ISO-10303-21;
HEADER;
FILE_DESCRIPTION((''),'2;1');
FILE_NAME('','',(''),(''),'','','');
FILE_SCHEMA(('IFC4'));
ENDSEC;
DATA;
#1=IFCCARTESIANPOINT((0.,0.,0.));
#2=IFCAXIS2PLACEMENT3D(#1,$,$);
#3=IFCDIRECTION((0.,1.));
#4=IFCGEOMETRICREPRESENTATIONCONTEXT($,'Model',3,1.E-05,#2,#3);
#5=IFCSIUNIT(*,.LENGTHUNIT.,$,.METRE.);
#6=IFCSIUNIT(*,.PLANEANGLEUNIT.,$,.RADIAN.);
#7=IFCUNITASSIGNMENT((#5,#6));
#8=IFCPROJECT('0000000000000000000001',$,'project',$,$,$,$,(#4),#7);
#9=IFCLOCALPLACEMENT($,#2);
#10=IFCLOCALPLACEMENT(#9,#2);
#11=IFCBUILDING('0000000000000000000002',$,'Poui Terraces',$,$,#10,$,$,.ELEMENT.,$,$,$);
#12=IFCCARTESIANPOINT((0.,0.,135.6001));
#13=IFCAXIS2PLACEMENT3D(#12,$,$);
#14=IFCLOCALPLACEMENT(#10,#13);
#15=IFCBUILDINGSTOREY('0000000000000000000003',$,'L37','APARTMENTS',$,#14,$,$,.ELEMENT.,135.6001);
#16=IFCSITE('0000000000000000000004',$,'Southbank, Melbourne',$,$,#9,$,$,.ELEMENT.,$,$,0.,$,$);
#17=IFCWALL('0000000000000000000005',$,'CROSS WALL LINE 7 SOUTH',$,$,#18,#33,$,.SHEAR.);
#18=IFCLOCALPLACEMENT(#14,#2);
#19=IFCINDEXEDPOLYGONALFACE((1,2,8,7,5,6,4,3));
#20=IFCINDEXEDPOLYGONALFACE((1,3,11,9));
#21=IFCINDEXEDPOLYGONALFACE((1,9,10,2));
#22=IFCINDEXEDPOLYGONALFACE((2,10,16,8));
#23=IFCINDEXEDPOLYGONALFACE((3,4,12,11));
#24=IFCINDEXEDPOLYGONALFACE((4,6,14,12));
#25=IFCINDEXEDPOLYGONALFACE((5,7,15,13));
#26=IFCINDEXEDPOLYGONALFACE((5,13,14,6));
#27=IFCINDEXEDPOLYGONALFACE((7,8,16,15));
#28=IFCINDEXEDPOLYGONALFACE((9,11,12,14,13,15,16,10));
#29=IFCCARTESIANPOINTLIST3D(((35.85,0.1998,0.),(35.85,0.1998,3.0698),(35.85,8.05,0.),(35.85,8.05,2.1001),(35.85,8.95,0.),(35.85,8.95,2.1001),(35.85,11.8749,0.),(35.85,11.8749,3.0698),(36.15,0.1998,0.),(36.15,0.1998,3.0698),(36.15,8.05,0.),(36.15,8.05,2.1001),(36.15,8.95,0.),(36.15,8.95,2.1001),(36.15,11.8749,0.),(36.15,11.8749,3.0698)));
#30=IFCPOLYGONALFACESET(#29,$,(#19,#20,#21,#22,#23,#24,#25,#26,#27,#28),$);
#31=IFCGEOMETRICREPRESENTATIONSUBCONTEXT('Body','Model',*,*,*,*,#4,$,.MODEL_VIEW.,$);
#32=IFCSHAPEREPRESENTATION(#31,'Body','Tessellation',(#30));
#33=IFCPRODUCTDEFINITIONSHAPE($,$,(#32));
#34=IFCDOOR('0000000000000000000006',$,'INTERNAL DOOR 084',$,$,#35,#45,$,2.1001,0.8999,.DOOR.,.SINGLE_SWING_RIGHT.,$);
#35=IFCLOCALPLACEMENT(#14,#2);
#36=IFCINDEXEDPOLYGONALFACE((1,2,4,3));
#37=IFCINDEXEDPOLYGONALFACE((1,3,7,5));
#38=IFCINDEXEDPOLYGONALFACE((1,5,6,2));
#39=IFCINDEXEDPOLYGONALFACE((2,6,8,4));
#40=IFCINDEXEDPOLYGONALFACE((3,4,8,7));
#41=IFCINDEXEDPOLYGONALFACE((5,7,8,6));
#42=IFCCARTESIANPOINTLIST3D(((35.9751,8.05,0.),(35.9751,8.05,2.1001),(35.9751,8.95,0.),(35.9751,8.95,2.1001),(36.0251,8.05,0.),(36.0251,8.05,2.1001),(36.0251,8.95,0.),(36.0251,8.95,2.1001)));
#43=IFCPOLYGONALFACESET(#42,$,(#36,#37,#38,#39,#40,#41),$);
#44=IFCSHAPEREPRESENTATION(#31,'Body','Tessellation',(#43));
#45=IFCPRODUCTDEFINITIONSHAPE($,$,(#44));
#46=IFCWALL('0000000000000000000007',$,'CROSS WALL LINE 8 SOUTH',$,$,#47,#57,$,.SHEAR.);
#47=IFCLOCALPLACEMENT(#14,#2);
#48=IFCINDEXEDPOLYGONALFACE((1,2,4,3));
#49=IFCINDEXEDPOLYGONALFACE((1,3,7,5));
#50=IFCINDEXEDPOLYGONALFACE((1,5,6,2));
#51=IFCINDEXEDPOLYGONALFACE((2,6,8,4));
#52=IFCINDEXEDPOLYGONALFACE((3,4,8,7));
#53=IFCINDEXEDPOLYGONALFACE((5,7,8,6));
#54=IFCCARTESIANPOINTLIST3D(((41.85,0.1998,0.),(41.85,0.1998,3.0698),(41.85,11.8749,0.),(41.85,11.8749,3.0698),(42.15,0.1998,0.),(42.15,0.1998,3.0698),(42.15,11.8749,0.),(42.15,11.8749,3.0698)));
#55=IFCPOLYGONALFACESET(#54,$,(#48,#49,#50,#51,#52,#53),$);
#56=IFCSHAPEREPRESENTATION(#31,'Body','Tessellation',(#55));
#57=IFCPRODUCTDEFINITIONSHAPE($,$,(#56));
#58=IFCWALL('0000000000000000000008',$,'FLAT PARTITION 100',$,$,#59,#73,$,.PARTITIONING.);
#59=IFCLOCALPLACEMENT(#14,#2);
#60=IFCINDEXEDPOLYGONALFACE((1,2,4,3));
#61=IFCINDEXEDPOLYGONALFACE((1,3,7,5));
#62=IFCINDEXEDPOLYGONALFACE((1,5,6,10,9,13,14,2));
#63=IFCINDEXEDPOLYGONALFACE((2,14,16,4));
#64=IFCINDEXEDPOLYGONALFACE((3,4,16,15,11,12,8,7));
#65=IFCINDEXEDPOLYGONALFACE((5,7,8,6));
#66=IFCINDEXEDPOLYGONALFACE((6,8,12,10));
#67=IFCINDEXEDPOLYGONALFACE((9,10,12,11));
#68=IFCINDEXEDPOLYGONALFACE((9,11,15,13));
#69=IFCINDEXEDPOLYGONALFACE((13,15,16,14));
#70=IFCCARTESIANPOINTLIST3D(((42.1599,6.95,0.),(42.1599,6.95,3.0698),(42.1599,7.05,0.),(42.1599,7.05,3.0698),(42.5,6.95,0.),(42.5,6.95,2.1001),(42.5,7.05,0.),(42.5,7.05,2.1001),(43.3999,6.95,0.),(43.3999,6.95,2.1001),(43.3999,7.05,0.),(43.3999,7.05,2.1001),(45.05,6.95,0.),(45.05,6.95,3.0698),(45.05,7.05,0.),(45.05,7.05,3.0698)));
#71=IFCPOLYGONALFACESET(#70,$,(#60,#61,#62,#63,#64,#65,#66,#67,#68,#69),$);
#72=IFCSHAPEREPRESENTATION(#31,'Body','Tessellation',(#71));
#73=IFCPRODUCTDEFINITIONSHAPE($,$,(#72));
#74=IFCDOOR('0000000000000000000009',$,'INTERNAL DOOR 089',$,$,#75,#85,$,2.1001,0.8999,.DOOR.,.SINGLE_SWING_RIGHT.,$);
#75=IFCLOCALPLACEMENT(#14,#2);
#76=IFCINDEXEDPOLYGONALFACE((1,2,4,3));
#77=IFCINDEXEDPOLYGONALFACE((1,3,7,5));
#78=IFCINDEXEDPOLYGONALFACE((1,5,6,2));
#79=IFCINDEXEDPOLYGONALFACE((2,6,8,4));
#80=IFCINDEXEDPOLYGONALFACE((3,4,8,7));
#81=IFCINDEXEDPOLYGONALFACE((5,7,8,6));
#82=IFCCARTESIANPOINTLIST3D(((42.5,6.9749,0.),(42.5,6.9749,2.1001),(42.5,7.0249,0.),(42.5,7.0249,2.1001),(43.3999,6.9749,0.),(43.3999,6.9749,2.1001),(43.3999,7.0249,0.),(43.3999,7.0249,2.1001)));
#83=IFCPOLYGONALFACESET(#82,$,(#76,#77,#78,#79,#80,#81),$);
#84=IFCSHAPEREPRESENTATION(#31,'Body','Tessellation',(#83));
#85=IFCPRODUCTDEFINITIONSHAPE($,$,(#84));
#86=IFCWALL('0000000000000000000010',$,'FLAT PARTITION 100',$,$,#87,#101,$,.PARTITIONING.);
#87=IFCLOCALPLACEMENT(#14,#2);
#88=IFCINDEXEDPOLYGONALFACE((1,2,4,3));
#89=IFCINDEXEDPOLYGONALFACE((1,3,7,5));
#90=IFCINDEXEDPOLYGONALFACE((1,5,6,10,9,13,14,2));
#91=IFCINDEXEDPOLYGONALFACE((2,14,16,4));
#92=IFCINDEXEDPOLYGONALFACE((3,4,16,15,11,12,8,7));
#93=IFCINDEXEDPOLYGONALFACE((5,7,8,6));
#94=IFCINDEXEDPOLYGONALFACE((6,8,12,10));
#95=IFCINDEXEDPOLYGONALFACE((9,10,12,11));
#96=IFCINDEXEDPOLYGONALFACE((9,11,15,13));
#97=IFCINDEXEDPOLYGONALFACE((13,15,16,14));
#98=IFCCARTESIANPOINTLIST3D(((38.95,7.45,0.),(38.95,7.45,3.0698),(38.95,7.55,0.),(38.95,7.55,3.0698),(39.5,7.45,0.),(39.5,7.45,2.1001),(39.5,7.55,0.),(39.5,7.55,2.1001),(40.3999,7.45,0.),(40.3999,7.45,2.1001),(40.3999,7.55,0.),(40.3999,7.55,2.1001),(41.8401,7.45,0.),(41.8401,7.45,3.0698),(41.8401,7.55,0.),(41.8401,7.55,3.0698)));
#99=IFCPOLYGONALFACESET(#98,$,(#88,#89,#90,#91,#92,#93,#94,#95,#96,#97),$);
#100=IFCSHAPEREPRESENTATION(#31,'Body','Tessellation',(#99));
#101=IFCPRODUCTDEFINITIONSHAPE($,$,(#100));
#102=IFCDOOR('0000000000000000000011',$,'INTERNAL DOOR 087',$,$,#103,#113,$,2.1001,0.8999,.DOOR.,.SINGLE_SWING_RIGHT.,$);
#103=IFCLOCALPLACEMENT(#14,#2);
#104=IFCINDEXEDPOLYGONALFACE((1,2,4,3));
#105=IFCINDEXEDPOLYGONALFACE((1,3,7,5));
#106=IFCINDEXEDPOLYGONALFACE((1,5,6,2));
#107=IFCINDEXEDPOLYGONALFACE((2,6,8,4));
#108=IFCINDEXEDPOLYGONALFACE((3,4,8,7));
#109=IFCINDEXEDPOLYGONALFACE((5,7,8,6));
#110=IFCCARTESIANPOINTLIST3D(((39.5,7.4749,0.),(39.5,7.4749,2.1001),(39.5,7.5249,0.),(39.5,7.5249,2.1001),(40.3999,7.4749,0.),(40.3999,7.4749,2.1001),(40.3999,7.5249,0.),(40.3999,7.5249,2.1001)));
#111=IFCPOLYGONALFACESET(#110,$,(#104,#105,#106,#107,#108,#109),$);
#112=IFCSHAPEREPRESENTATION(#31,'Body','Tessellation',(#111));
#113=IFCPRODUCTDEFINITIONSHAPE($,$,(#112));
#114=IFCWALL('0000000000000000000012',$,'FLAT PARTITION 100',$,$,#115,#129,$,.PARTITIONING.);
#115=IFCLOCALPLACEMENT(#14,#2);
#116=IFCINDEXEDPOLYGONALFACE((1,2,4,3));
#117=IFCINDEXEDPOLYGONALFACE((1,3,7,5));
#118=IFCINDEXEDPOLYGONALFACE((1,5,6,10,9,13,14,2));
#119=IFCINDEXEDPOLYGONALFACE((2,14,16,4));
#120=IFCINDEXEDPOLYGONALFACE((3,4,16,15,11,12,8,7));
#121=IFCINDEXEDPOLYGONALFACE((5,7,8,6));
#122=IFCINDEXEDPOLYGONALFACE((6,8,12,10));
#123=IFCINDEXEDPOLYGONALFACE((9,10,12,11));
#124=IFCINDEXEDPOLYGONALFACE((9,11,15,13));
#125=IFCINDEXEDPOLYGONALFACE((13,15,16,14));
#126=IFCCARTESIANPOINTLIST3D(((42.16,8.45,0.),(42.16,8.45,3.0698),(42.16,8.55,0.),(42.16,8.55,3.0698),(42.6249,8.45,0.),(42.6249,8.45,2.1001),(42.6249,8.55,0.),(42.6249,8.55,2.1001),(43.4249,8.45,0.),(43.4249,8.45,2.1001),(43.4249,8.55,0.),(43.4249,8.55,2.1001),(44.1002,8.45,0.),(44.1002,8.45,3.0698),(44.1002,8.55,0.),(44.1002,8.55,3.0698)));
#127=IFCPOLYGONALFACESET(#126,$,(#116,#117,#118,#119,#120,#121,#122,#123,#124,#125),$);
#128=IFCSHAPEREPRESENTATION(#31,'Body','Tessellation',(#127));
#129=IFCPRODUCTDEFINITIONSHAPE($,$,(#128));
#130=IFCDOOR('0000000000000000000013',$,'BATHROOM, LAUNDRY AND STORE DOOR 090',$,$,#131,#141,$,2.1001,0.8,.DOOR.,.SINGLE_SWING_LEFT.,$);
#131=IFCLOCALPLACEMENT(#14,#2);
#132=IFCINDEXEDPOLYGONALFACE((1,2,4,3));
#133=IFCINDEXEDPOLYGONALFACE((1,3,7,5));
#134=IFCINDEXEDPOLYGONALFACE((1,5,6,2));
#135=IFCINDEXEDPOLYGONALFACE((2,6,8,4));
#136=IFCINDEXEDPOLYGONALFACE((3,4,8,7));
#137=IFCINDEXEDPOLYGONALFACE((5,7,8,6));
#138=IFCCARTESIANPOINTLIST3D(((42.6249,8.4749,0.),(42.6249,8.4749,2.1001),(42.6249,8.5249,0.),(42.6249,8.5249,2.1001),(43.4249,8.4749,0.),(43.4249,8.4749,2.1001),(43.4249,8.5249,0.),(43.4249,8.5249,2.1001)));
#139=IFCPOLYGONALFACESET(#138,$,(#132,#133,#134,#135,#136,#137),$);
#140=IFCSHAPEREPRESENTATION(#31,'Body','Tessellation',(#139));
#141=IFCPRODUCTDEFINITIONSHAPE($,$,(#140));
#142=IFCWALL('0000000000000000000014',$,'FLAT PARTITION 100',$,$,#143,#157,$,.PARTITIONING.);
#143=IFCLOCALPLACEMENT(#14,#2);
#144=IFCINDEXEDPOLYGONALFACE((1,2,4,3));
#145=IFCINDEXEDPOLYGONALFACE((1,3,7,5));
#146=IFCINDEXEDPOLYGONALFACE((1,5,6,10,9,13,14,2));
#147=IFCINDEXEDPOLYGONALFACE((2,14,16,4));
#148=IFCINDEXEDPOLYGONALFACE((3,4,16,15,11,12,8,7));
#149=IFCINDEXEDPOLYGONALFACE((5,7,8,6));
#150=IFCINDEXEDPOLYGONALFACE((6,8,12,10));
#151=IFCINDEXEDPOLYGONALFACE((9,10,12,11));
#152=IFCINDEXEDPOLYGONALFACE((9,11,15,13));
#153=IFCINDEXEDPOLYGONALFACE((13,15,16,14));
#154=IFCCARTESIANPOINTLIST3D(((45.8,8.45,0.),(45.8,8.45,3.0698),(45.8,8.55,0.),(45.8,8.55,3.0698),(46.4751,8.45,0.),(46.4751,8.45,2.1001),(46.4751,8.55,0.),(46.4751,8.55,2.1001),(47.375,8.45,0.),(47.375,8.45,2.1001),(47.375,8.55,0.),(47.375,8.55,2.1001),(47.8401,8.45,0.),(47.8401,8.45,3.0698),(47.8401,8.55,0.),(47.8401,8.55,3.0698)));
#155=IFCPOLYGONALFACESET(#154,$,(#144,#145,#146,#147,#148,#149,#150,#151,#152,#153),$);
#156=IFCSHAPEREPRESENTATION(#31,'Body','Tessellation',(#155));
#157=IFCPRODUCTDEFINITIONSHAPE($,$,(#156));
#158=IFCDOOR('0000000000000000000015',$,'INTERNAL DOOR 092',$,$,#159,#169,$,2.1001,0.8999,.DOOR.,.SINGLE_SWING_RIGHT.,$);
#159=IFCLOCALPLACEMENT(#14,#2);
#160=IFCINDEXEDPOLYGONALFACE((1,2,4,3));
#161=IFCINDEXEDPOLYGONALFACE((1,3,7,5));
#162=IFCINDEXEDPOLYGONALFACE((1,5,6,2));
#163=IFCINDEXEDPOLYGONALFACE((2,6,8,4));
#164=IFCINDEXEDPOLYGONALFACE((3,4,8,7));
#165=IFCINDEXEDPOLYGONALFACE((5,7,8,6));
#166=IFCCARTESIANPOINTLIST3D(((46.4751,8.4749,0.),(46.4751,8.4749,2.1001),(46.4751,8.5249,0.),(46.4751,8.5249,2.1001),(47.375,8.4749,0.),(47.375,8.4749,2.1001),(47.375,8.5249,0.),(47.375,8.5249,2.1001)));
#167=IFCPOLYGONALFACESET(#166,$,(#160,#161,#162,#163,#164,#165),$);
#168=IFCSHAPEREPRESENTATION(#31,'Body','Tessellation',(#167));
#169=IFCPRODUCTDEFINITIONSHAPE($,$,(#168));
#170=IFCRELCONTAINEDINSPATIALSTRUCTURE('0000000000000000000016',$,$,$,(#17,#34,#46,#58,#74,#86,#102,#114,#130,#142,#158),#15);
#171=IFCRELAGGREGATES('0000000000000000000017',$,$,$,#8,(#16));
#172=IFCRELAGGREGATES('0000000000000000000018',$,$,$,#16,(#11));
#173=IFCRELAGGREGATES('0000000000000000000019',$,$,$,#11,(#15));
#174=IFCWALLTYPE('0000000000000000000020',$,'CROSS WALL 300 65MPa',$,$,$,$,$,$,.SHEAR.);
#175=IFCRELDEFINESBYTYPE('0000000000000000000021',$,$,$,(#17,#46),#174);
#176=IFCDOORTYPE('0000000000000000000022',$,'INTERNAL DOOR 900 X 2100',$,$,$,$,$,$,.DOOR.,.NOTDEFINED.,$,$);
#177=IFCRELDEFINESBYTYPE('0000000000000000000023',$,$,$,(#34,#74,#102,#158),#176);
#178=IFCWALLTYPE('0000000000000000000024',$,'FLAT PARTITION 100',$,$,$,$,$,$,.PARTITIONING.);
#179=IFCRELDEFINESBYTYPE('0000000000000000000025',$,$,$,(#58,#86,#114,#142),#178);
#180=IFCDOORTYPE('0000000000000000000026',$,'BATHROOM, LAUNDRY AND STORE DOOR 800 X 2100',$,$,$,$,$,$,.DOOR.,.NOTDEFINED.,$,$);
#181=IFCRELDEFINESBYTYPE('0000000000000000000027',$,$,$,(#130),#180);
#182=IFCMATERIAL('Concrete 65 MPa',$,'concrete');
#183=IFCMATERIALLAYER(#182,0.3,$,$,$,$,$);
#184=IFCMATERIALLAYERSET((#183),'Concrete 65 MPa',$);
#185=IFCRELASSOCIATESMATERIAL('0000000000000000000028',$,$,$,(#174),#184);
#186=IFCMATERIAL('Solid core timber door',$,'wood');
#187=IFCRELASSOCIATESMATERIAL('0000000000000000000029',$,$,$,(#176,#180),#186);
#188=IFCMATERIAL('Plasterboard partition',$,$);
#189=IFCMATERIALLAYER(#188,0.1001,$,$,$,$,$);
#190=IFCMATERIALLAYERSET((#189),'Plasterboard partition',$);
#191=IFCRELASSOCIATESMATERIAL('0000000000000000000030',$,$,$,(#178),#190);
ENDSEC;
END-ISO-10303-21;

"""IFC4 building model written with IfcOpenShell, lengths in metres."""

from ifc_helpers import new_model, si_unit, direction, frame, frame_2d, origin, place, context, subcontext, project, spatial, rectangle, extrude, material, layer, layer_set, type_object, element, fill, save


model = new_model("IFC4")

# Units and contexts
model_context = context("Model", 3, precision=1e-05, world=origin(), true_north=direction((0.0, 1.0)))
body_context = subcontext(model_context, "Body", "Model", "MODEL_VIEW")
ifc_project = project(units=[si_unit("LENGTHUNIT", "METRE"), si_unit("PLANEANGLEUNIT", "RADIAN")], contexts=[model_context])

# Site, building, storey
site_placement = place(None, origin())
site = spatial("IfcSite", under=ifc_project, at=site_placement, Name="Southbank, Melbourne", CompositionType="ELEMENT", RefElevation=0.0)
building_placement = place(site_placement, origin())
building = spatial("IfcBuilding", under=site, at=building_placement, Name="Poui Terraces", CompositionType="ELEMENT")
storey_placement = place(building_placement, frame((0.0, 0.0, 135.6001)))
storey = spatial("IfcBuildingStorey", under=building, at=storey_placement, Name="L37", Description="APARTMENTS", CompositionType="ELEMENT", Elevation=135.6001)

# Wall, opening, door
ifc_material_1 = material(Name="Concrete 65 MPa", Category="concrete")
ifc_layer_1 = layer(ifc_material_1, 0.3)
ifc_layer_set_1 = layer_set([ifc_layer_1], Name="Concrete 65 MPa")
wall_type_1 = type_object("IfcWallType", Name="CROSS WALL 300 65MPa", PredefinedType="SHEAR", material=ifc_layer_set_1)
wall_1_placement = place(storey_placement, frame((36.0, 0.2, 0.0), z_axis=(0.0, 0.0, 1.0), x_axis=(0.0, 1.0, 0.0)))
wall_1 = element("IfcWall", 1, at=wall_1_placement, inside=storey, type_object=wall_type_1, Name="CROSS WALL LINE 7 SOUTH", PredefinedType="SHEAR", context=body_context, shape_type="SweptSolid", body=[
    extrude(rectangle(XDim=11.675, YDim=0.3, at=frame_2d((5.8374, 0.0))), origin(), (0.0, 0.0, 1.0), 3.0698),
])
opening_1_placement = place(wall_1_placement, frame((7.8501, 0.0, 0.0)))
opening_1 = element("IfcOpeningElement", 2, at=opening_1_placement, cuts=wall_1, PredefinedType="OPENING", context=body_context, shape_type="SweptSolid", body=[
    extrude(rectangle(XDim=0.8999, YDim=2.1001, at=frame_2d((0.45, 1.05))), frame((0.0, 0.1602, 0.0), z_axis=(0.0, -1.0, 0.0), x_axis=(1.0, 0.0, 0.0)), (0.0, 0.0, 1.0), 0.3201),
])
ifc_material_2 = material(Name="Solid core timber door", Category="wood")
door_type_1 = type_object("IfcDoorType", Name="INTERNAL DOOR 900 X 2100", OperationType="NOTDEFINED", PredefinedType="DOOR", material=ifc_material_2)
door_1_placement = place(opening_1_placement, origin())
door_1 = element("IfcDoor", 3, at=door_1_placement, inside=storey, type_object=door_type_1, Name="INTERNAL DOOR 084", OperationType="SINGLE_SWING_RIGHT", OverallHeight=2.1001, OverallWidth=0.8999, PredefinedType="DOOR", context=body_context, shape_type="SweptSolid", body=[
    extrude(rectangle(XDim=0.8999, YDim=2.1001, at=frame_2d((0.45, 1.05))), frame((0.0, 0.0249, 0.0), z_axis=(0.0, -1.0, 0.0), x_axis=(1.0, 0.0, 0.0)), (0.0, 0.0, 1.0), 0.05),
])
fill(opening_1, door_1)

# Wall
wall_2_placement = place(storey_placement, frame((42.0, 0.2, 0.0), z_axis=(0.0, 0.0, 1.0), x_axis=(0.0, 1.0, 0.0)))
element("IfcWall", 4, at=wall_2_placement, inside=storey, type_object=wall_type_1, Name="CROSS WALL LINE 8 SOUTH", PredefinedType="SHEAR", context=body_context, shape_type="SweptSolid", body=[
    extrude(rectangle(XDim=11.675, YDim=0.3, at=frame_2d((5.8374, 0.0))), origin(), (0.0, 0.0, 1.0), 3.0698),
])

# Walls, openings, doors
ifc_material_3 = material(Name="Plasterboard partition")
ifc_layer_2 = layer(ifc_material_3, 0.1001)
ifc_layer_set_2 = layer_set([ifc_layer_2], Name="Plasterboard partition")
wall_type_2 = type_object("IfcWallType", Name="FLAT PARTITION 100", PredefinedType="PARTITIONING", material=ifc_layer_set_2)
wall_3_placement = place(storey_placement, frame((42.1599, 7.0, 0.0), z_axis=(0.0, 0.0, 1.0), x_axis=(1.0, 0.0, 0.0)))
wall_3 = element("IfcWall", 5, at=wall_3_placement, inside=storey, type_object=wall_type_2, Name="FLAT PARTITION 100", PredefinedType="PARTITIONING", context=body_context, shape_type="SweptSolid", body=[
    extrude(rectangle(XDim=2.8901, YDim=0.1001, at=frame_2d((1.4451, 0.0))), origin(), (0.0, 0.0, 1.0), 3.0698),
])
opening_2_placement = place(wall_3_placement, frame((0.3401, 0.0, 0.0)))
opening_2 = element("IfcOpeningElement", 6, at=opening_2_placement, cuts=wall_3, PredefinedType="OPENING", context=body_context, shape_type="SweptSolid", body=[
    extrude(rectangle(XDim=0.8999, YDim=2.1001, at=frame_2d((0.45, 1.05))), frame((0.0, 0.0601, 0.0), z_axis=(0.0, -1.0, 0.0), x_axis=(1.0, 0.0, 0.0)), (0.0, 0.0, 1.0), 0.1201),
])
door_2_placement = place(opening_2_placement, origin())
door_2 = element("IfcDoor", 7, at=door_2_placement, inside=storey, type_object=door_type_1, Name="INTERNAL DOOR 089", OperationType="SINGLE_SWING_RIGHT", OverallHeight=2.1001, OverallWidth=0.8999, PredefinedType="DOOR", context=body_context, shape_type="SweptSolid", body=[
    extrude(rectangle(XDim=0.8999, YDim=2.1001, at=frame_2d((0.45, 1.05))), frame((0.0, 0.0249, 0.0), z_axis=(0.0, -1.0, 0.0), x_axis=(1.0, 0.0, 0.0)), (0.0, 0.0, 1.0), 0.05),
])
fill(opening_2, door_2)
wall_4_placement = place(storey_placement, frame((38.95, 7.5, 0.0), z_axis=(0.0, 0.0, 1.0), x_axis=(1.0, 0.0, 0.0)))
wall_4 = element("IfcWall", 8, at=wall_4_placement, inside=storey, type_object=wall_type_2, Name="FLAT PARTITION 100", PredefinedType="PARTITIONING", context=body_context, shape_type="SweptSolid", body=[
    extrude(rectangle(XDim=2.8901, YDim=0.1001, at=frame_2d((1.4451, 0.0))), origin(), (0.0, 0.0, 1.0), 3.0698),
])
opening_3_placement = place(wall_4_placement, frame((0.55, 0.0, 0.0)))
opening_3 = element("IfcOpeningElement", 9, at=opening_3_placement, cuts=wall_4, PredefinedType="OPENING", context=body_context, shape_type="SweptSolid", body=[
    extrude(rectangle(XDim=0.8999, YDim=2.1001, at=frame_2d((0.45, 1.05))), frame((0.0, 0.0601, 0.0), z_axis=(0.0, -1.0, 0.0), x_axis=(1.0, 0.0, 0.0)), (0.0, 0.0, 1.0), 0.1201),
])
door_3_placement = place(opening_3_placement, origin())
door_3 = element("IfcDoor", 10, at=door_3_placement, inside=storey, type_object=door_type_1, Name="INTERNAL DOOR 087", OperationType="SINGLE_SWING_RIGHT", OverallHeight=2.1001, OverallWidth=0.8999, PredefinedType="DOOR", context=body_context, shape_type="SweptSolid", body=[
    extrude(rectangle(XDim=0.8999, YDim=2.1001, at=frame_2d((0.45, 1.05))), frame((0.0, 0.0249, 0.0), z_axis=(0.0, -1.0, 0.0), x_axis=(1.0, 0.0, 0.0)), (0.0, 0.0, 1.0), 0.05),
])
fill(opening_3, door_3)
wall_5_placement = place(storey_placement, frame((42.1599, 8.5, 0.0), z_axis=(0.0, 0.0, 1.0), x_axis=(1.0, 0.0, 0.0)))
wall_5 = element("IfcWall", 11, at=wall_5_placement, inside=storey, type_object=wall_type_2, Name="FLAT PARTITION 100", PredefinedType="PARTITIONING", context=body_context, shape_type="SweptSolid", body=[
    extrude(rectangle(XDim=1.9402, YDim=0.1001, at=frame_2d((0.9702, 0.0))), origin(), (0.0, 0.0, 1.0), 3.0698),
])
opening_4_placement = place(wall_5_placement, frame((0.4651, 0.0, 0.0)))
opening_4 = element("IfcOpeningElement", 12, at=opening_4_placement, cuts=wall_5, PredefinedType="OPENING", context=body_context, shape_type="SweptSolid", body=[
    extrude(rectangle(XDim=0.8, YDim=2.1001, at=frame_2d((0.3999, 1.05))), frame((0.0, 0.0601, 0.0), z_axis=(0.0, -1.0, 0.0), x_axis=(1.0, 0.0, 0.0)), (0.0, 0.0, 1.0), 0.1201),
])
door_type_2 = type_object("IfcDoorType", Name="BATHROOM, LAUNDRY AND STORE DOOR 800 X 2100", OperationType="NOTDEFINED", PredefinedType="DOOR", material=ifc_material_2)
door_4_placement = place(opening_4_placement, origin())
door_4 = element("IfcDoor", 13, at=door_4_placement, inside=storey, type_object=door_type_2, Name="BATHROOM, LAUNDRY AND STORE DOOR 090", OperationType="SINGLE_SWING_LEFT", OverallHeight=2.1001, OverallWidth=0.8, PredefinedType="DOOR", context=body_context, shape_type="SweptSolid", body=[
    extrude(rectangle(XDim=0.8, YDim=2.1001, at=frame_2d((0.3999, 1.05))), frame((0.0, 0.0249, 0.0), z_axis=(0.0, -1.0, 0.0), x_axis=(1.0, 0.0, 0.0)), (0.0, 0.0, 1.0), 0.05),
])
fill(opening_4, door_4)
wall_6_placement = place(storey_placement, frame((45.8, 8.5, 0.0), z_axis=(0.0, 0.0, 1.0), x_axis=(1.0, 0.0, 0.0)))
wall_6 = element("IfcWall", 14, at=wall_6_placement, inside=storey, type_object=wall_type_2, Name="FLAT PARTITION 100", PredefinedType="PARTITIONING", context=body_context, shape_type="SweptSolid", body=[
    extrude(rectangle(XDim=2.04, YDim=0.1001, at=frame_2d((1.02, 0.0))), origin(), (0.0, 0.0, 1.0), 3.0698),
])
opening_5_placement = place(wall_6_placement, frame((0.675, 0.0, 0.0)))
opening_5 = element("IfcOpeningElement", 15, at=opening_5_placement, cuts=wall_6, PredefinedType="OPENING", context=body_context, shape_type="SweptSolid", body=[
    extrude(rectangle(XDim=0.8999, YDim=2.1001, at=frame_2d((0.45, 1.05))), frame((0.0, 0.0601, 0.0), z_axis=(0.0, -1.0, 0.0), x_axis=(1.0, 0.0, 0.0)), (0.0, 0.0, 1.0), 0.1201),
])
door_5_placement = place(opening_5_placement, origin())
door_5 = element("IfcDoor", 16, at=door_5_placement, inside=storey, type_object=door_type_1, Name="INTERNAL DOOR 092", OperationType="SINGLE_SWING_RIGHT", OverallHeight=2.1001, OverallWidth=0.8999, PredefinedType="DOOR", context=body_context, shape_type="SweptSolid", body=[
    extrude(rectangle(XDim=0.8999, YDim=2.1001, at=frame_2d((0.45, 1.05))), frame((0.0, 0.0249, 0.0), z_axis=(0.0, -1.0, 0.0), x_axis=(1.0, 0.0, 0.0)), (0.0, 0.0, 1.0), 0.05),
])
fill(opening_5, door_5)

save(model, "model.ifc")
